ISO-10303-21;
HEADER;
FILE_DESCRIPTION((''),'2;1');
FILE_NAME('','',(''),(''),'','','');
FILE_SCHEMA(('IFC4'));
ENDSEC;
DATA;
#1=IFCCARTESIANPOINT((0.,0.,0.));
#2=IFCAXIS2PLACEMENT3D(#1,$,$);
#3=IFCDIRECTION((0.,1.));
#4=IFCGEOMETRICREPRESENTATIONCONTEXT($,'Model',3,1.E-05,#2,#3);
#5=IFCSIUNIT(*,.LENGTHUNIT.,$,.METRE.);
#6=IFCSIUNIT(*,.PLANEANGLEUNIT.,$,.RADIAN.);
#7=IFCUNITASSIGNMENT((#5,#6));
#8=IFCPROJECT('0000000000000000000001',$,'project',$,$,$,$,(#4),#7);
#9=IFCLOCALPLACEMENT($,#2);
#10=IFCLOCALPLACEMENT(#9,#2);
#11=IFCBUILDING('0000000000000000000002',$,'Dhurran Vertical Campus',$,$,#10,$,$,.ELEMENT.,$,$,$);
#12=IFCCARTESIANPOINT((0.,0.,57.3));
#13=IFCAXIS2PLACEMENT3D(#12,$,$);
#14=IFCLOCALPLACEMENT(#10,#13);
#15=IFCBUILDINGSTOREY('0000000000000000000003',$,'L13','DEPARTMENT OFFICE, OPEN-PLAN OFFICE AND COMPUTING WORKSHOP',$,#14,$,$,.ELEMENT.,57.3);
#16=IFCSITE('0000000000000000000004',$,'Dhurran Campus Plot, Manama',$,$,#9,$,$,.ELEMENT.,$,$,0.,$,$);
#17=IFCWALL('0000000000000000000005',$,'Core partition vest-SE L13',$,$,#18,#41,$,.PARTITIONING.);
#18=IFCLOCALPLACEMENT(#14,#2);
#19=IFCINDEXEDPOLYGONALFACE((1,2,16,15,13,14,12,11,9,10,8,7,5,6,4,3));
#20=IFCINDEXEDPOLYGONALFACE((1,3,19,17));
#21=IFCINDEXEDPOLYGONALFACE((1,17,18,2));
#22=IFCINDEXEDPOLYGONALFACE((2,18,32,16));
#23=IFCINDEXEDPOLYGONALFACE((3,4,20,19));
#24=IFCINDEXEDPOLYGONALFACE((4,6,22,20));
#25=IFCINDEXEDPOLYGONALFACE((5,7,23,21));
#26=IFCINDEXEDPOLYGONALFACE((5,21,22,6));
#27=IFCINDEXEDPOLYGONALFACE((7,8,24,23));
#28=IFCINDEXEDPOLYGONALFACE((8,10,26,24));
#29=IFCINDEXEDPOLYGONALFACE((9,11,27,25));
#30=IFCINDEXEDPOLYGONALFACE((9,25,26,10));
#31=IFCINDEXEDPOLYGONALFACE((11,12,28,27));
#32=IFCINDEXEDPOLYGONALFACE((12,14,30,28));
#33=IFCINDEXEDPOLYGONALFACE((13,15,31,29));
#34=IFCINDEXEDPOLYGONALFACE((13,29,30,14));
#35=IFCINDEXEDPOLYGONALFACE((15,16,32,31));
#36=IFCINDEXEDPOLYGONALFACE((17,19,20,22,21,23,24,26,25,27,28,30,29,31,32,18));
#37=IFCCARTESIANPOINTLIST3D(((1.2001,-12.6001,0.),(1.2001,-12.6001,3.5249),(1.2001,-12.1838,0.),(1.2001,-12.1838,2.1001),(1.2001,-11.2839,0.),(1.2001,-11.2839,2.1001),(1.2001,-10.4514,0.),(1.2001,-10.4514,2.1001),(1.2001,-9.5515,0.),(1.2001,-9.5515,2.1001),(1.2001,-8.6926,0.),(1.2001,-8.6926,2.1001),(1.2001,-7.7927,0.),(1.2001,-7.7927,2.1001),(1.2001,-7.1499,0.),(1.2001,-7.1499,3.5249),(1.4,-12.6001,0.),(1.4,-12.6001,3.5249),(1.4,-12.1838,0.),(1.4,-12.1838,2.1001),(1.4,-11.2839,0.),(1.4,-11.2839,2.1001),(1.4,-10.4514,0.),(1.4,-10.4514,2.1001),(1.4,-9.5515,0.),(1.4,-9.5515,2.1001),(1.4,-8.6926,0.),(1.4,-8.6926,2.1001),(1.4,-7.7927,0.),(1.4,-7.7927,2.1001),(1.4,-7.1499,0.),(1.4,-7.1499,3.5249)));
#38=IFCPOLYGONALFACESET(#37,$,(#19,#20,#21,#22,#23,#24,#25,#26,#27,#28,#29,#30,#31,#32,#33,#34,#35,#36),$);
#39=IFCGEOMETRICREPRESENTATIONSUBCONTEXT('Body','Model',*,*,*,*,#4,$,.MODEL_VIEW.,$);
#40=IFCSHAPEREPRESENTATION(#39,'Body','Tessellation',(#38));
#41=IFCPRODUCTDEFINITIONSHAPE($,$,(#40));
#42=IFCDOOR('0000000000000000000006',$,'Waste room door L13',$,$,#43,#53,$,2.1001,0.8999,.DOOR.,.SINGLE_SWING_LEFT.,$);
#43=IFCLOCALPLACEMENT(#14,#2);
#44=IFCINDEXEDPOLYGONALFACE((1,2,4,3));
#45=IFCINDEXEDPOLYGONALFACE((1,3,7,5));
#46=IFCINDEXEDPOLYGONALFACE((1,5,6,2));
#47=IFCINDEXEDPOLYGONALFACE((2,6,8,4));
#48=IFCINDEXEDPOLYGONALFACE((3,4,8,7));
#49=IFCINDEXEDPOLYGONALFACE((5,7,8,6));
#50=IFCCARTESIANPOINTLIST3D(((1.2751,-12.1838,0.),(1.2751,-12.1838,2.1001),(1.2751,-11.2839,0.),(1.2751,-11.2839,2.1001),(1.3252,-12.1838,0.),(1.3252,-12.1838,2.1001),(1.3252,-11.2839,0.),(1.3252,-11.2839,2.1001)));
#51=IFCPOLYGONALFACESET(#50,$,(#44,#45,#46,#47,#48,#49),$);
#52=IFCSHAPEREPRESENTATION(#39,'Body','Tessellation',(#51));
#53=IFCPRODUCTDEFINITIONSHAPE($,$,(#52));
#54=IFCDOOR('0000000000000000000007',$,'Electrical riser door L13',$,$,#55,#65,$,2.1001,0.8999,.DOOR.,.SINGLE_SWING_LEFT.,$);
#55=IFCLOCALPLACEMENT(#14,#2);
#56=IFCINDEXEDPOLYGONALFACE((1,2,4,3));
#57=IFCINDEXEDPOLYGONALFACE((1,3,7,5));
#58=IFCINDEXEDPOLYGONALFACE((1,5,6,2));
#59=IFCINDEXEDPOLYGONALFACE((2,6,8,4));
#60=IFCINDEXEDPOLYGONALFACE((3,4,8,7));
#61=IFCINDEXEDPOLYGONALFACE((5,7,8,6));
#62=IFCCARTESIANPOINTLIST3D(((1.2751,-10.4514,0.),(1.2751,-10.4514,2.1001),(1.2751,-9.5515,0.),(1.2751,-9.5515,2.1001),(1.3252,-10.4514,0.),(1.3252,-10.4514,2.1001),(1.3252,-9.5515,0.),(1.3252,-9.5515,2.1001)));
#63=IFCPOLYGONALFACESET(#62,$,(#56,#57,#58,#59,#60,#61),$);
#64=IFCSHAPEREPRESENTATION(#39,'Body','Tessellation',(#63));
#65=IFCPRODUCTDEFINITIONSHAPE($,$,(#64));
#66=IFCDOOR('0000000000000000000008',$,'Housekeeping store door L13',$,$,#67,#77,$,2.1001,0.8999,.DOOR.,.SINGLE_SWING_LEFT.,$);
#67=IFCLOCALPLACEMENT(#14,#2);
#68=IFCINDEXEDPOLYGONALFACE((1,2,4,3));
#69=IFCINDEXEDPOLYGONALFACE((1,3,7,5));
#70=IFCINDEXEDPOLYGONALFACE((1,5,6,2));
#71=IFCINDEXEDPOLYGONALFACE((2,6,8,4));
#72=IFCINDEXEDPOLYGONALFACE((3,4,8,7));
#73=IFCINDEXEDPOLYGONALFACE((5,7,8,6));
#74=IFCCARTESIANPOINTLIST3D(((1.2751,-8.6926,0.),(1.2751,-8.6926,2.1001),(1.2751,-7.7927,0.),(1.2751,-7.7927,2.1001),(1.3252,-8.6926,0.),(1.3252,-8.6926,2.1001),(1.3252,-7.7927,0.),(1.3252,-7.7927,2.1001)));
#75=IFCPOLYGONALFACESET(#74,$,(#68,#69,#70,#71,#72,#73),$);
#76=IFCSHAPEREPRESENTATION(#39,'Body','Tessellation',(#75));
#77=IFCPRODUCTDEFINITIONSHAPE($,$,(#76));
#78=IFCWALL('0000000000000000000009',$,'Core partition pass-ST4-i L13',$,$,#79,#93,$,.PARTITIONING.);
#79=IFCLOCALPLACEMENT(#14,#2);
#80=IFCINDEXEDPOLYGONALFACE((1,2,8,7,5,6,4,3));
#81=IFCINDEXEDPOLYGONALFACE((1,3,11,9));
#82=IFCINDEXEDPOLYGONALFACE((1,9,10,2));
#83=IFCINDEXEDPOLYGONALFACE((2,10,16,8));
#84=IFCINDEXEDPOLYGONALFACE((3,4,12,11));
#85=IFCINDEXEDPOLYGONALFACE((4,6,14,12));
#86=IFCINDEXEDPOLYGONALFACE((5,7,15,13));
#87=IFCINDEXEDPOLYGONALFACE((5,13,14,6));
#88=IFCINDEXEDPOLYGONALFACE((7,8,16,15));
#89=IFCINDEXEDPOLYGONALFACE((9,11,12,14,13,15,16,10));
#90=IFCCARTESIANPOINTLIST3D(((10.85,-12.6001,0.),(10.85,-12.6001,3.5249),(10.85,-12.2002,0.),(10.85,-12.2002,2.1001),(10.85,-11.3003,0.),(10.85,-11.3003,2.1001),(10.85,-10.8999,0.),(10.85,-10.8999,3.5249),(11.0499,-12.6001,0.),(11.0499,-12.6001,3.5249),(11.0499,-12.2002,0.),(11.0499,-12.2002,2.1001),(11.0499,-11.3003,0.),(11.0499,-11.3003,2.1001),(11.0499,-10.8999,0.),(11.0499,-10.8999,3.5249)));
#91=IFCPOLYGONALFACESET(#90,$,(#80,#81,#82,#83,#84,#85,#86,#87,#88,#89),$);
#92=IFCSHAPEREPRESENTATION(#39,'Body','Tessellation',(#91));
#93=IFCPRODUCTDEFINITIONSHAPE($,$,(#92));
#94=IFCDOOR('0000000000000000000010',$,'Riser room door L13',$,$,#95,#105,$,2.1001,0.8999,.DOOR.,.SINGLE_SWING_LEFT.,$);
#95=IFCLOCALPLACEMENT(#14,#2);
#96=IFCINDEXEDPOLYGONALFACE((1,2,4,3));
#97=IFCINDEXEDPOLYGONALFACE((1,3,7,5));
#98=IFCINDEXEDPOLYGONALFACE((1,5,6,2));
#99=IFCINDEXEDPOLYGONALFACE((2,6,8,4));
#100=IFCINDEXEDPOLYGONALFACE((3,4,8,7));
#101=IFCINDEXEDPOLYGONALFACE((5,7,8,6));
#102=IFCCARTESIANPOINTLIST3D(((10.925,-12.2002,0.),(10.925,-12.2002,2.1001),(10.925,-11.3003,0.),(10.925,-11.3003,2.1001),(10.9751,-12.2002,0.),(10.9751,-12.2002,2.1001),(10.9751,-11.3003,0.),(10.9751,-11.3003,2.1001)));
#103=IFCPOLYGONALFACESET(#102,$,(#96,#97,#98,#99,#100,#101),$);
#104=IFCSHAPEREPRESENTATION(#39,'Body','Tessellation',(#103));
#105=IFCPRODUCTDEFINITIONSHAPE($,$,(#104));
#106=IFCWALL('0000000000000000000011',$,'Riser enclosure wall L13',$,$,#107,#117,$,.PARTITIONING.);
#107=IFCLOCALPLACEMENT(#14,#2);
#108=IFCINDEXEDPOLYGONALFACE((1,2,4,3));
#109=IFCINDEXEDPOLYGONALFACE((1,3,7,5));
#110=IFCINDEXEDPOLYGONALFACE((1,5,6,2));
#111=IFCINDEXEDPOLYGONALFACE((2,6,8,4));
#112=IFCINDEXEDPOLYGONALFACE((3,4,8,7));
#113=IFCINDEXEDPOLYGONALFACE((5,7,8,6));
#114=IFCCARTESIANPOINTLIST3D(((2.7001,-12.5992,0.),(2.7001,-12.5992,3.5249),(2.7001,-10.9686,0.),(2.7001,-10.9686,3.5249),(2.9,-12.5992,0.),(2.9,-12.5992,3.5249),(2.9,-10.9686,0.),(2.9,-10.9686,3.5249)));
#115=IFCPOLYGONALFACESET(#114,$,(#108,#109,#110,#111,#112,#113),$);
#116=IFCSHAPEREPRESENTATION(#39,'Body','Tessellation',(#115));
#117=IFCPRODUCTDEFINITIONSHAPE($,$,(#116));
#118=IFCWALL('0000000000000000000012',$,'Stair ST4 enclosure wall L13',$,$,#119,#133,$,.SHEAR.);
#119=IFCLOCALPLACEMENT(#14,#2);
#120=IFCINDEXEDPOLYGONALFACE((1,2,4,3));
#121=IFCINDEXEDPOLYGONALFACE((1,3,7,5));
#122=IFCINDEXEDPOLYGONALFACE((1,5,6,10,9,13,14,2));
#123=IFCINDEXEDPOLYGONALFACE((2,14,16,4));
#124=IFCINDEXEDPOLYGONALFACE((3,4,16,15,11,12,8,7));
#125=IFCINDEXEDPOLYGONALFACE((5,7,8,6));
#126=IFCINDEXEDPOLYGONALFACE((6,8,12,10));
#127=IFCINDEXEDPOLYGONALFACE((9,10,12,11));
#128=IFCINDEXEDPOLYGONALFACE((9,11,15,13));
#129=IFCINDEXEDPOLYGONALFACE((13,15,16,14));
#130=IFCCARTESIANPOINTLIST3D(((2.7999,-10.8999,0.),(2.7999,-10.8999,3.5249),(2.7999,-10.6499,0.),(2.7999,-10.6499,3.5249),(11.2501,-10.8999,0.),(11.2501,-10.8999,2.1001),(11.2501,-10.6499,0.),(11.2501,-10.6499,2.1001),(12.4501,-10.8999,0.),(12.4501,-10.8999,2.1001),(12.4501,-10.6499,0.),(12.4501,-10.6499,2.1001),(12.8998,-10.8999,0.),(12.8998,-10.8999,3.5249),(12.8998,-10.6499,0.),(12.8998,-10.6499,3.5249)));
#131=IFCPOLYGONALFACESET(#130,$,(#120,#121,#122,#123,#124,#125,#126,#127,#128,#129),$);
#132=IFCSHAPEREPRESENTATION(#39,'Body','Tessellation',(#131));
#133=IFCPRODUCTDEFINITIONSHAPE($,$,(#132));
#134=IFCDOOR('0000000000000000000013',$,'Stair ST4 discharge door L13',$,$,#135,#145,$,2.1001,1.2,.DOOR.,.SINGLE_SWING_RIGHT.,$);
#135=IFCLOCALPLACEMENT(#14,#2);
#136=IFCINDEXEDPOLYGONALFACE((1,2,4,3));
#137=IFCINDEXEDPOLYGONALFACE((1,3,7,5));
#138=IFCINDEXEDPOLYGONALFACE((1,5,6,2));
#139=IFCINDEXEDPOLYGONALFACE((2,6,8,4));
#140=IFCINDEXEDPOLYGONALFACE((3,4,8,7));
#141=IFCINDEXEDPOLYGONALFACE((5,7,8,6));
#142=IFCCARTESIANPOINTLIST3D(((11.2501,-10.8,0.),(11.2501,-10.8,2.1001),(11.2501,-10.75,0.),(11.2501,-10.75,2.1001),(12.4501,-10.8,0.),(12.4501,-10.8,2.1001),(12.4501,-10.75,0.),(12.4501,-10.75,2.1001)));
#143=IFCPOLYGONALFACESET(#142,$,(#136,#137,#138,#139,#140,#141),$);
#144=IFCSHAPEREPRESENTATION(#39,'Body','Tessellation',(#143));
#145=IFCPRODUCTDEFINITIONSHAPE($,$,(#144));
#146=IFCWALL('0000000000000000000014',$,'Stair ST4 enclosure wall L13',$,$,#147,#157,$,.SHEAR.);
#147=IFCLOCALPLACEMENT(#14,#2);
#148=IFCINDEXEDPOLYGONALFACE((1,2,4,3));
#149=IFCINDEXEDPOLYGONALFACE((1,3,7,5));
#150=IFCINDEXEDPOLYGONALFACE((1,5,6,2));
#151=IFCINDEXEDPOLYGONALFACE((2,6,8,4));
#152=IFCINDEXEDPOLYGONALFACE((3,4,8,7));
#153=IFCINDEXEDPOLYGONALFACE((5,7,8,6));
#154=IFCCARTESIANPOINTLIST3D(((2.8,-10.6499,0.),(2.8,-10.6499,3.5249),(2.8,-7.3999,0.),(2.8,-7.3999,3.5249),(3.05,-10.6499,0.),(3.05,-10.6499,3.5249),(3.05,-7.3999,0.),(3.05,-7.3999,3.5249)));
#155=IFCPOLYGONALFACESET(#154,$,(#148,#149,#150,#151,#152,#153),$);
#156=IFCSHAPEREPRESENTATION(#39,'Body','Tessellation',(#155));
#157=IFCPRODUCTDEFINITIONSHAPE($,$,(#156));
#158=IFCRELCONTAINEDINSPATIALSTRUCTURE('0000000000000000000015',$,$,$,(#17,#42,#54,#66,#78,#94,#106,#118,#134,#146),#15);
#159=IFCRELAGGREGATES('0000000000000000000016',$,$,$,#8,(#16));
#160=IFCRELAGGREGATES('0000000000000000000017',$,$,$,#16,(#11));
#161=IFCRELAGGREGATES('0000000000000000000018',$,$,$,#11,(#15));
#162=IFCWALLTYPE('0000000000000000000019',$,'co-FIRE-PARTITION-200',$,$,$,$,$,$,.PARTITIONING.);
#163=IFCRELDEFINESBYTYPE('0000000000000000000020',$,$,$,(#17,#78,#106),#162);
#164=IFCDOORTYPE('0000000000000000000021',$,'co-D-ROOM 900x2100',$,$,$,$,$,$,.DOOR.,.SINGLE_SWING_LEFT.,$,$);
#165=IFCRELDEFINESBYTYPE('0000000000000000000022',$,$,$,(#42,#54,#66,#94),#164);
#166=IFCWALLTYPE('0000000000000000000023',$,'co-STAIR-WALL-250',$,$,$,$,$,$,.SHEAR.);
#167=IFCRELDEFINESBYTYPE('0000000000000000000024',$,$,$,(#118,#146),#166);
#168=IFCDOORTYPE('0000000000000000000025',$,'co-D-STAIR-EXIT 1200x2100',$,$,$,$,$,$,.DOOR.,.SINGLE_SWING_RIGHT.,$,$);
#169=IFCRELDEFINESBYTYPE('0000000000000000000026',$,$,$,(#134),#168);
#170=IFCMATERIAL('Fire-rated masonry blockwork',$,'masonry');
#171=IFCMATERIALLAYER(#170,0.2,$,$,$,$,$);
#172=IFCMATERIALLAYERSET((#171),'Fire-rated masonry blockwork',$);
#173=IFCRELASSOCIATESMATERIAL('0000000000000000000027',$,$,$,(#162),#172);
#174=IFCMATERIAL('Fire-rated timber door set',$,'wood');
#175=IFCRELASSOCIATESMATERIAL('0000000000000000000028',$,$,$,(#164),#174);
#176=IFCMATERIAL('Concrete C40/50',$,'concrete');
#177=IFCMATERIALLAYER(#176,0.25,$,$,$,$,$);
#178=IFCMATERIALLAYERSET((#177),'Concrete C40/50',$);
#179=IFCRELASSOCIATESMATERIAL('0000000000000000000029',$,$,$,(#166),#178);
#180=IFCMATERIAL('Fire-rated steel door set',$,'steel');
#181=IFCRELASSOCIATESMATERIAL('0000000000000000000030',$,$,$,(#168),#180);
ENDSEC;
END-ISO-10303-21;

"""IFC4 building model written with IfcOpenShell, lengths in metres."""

from ifc_helpers import new_model, si_unit, direction, frame, frame_2d, origin, place, context, subcontext, project, spatial, rectangle, extrude, material, layer, layer_set, type_object, element, fill, save


model = new_model("IFC4")

# Units and contexts
model_context = context("Model", 3, precision=1e-05, world=origin(), true_north=direction((0.0, 1.0)))
body_context = subcontext(model_context, "Body", "Model", "MODEL_VIEW")
ifc_project = project(units=[si_unit("LENGTHUNIT", "METRE"), si_unit("PLANEANGLEUNIT", "RADIAN")], contexts=[model_context])

# Site, building, storey
site_placement = place(None, origin())
site = spatial("IfcSite", under=ifc_project, at=site_placement, Name="Dhurran Campus Plot, Manama", CompositionType="ELEMENT", RefElevation=0.0)
building_placement = place(site_placement, origin())
building = spatial("IfcBuilding", under=site, at=building_placement, Name="Dhurran Vertical Campus", CompositionType="ELEMENT")
storey_placement = place(building_placement, frame((0.0, 0.0, 57.3)))
storey = spatial("IfcBuildingStorey", under=building, at=storey_placement, Name="L13", Description="DEPARTMENT OFFICE, OPEN-PLAN OFFICE AND COMPUTING WORKSHOP", CompositionType="ELEMENT", Elevation=57.3)

# Shared definitions
ifc_material_1 = material(Name="Fire-rated masonry blockwork", Category="masonry")
ifc_layer_1 = layer(ifc_material_1, 0.2)
ifc_layer_set_1 = layer_set([ifc_layer_1], Name="Fire-rated masonry blockwork")
wall_type_1 = type_object("IfcWallType", Name="co-FIRE-PARTITION-200", PredefinedType="PARTITIONING", material=ifc_layer_set_1)

# Wall, openings, doors
wall_1_placement = place(storey_placement, frame((1.3, -12.6001, 0.0), z_axis=(0.0, 0.0, 1.0), x_axis=(0.0, 1.0, 0.0)))
wall_1 = element("IfcWall", 1, at=wall_1_placement, inside=storey, type_object=wall_type_1, Name="Core partition vest-SE L13", PredefinedType="PARTITIONING", context=body_context, shape_type="SweptSolid", body=[
    extrude(rectangle(XDim=5.4502, YDim=0.2, at=frame_2d((2.7251, 0.0))), origin(), (0.0, 0.0, 1.0), 3.5249),
])
opening_1_placement = place(wall_1_placement, frame((0.4163, 0.0, 0.0)))
opening_1 = element("IfcOpeningElement", 2, at=opening_1_placement, cuts=wall_1, PredefinedType="OPENING", context=body_context, shape_type="SweptSolid", body=[
    extrude(rectangle(XDim=0.8999, YDim=2.1001, at=frame_2d((0.45, 1.05))), frame((0.0, 0.1099, 0.0), z_axis=(0.0, -1.0, 0.0), x_axis=(1.0, 0.0, 0.0)), (0.0, 0.0, 1.0), 0.22),
])
opening_2_placement = place(wall_1_placement, frame((2.1487, 0.0, 0.0)))
opening_2 = element("IfcOpeningElement", 3, at=opening_2_placement, cuts=wall_1, PredefinedType="OPENING", context=body_context, shape_type="SweptSolid", body=[
    extrude(rectangle(XDim=0.8999, YDim=2.1001, at=frame_2d((0.45, 1.05))), frame((0.0, 0.1099, 0.0), z_axis=(0.0, -1.0, 0.0), x_axis=(1.0, 0.0, 0.0)), (0.0, 0.0, 1.0), 0.22),
])
opening_3_placement = place(wall_1_placement, frame((3.9075, 0.0, 0.0)))
opening_3 = element("IfcOpeningElement", 4, at=opening_3_placement, cuts=wall_1, PredefinedType="OPENING", context=body_context, shape_type="SweptSolid", body=[
    extrude(rectangle(XDim=0.8999, YDim=2.1001, at=frame_2d((0.45, 1.05))), frame((0.0, 0.1099, 0.0), z_axis=(0.0, -1.0, 0.0), x_axis=(1.0, 0.0, 0.0)), (0.0, 0.0, 1.0), 0.22),
])
ifc_material_2 = material(Name="Fire-rated timber door set", Category="wood")
door_type_1 = type_object("IfcDoorType", Name="co-D-ROOM 900x2100", OperationType="SINGLE_SWING_LEFT", PredefinedType="DOOR", material=ifc_material_2)
door_1_placement = place(opening_1_placement, origin())
door_1 = element("IfcDoor", 5, at=door_1_placement, inside=storey, type_object=door_type_1, Name="Waste room door L13", OperationType="SINGLE_SWING_LEFT", OverallHeight=2.1001, OverallWidth=0.8999, PredefinedType="DOOR", context=body_context, shape_type="SweptSolid", body=[
    extrude(rectangle(XDim=0.8999, YDim=2.1001, at=frame_2d((0.45, 1.05))), frame((0.0, 0.0249, 0.0), z_axis=(0.0, -1.0, 0.0), x_axis=(1.0, 0.0, 0.0)), (0.0, 0.0, 1.0), 0.05),
])
fill(opening_1, door_1)
door_2_placement = place(opening_2_placement, origin())
door_2 = element("IfcDoor", 6, at=door_2_placement, inside=storey, type_object=door_type_1, Name="Electrical riser door L13", OperationType="SINGLE_SWING_LEFT", OverallHeight=2.1001, OverallWidth=0.8999, PredefinedType="DOOR", context=body_context, shape_type="SweptSolid", body=[
    extrude(rectangle(XDim=0.8999, YDim=2.1001, at=frame_2d((0.45, 1.05))), frame((0.0, 0.0249, 0.0), z_axis=(0.0, -1.0, 0.0), x_axis=(1.0, 0.0, 0.0)), (0.0, 0.0, 1.0), 0.05),
])
fill(opening_2, door_2)
door_3_placement = place(opening_3_placement, origin())
door_3 = element("IfcDoor", 7, at=door_3_placement, inside=storey, type_object=door_type_1, Name="Housekeeping store door L13", OperationType="SINGLE_SWING_LEFT", OverallHeight=2.1001, OverallWidth=0.8999, PredefinedType="DOOR", context=body_context, shape_type="SweptSolid", body=[
    extrude(rectangle(XDim=0.8999, YDim=2.1001, at=frame_2d((0.45, 1.05))), frame((0.0, 0.0249, 0.0), z_axis=(0.0, -1.0, 0.0), x_axis=(1.0, 0.0, 0.0)), (0.0, 0.0, 1.0), 0.05),
])
fill(opening_3, door_3)

# Wall, opening, door
wall_2_placement = place(storey_placement, frame((10.95, -12.6001, 0.0), z_axis=(0.0, 0.0, 1.0), x_axis=(0.0, 1.0, 0.0)))
wall_2 = element("IfcWall", 8, at=wall_2_placement, inside=storey, type_object=wall_type_1, Name="Core partition pass-ST4-i L13", PredefinedType="PARTITIONING", context=body_context, shape_type="SweptSolid", body=[
    extrude(rectangle(XDim=1.7002, YDim=0.2, at=frame_2d((0.8501, 0.0))), origin(), (0.0, 0.0, 1.0), 3.5249),
])
opening_4_placement = place(wall_2_placement, frame((0.3999, 0.0, 0.0)))
opening_4 = element("IfcOpeningElement", 9, at=opening_4_placement, cuts=wall_2, PredefinedType="OPENING", context=body_context, shape_type="SweptSolid", body=[
    extrude(rectangle(XDim=0.8999, YDim=2.1001, at=frame_2d((0.45, 1.05))), frame((0.0, 0.1099, 0.0), z_axis=(0.0, -1.0, 0.0), x_axis=(1.0, 0.0, 0.0)), (0.0, 0.0, 1.0), 0.22),
])
door_4_placement = place(opening_4_placement, origin())
door_4 = element("IfcDoor", 10, at=door_4_placement, inside=storey, type_object=door_type_1, Name="Riser room door L13", OperationType="SINGLE_SWING_LEFT", OverallHeight=2.1001, OverallWidth=0.8999, PredefinedType="DOOR", context=body_context, shape_type="SweptSolid", body=[
    extrude(rectangle(XDim=0.8999, YDim=2.1001, at=frame_2d((0.45, 1.05))), frame((0.0, 0.0249, 0.0), z_axis=(0.0, -1.0, 0.0), x_axis=(1.0, 0.0, 0.0)), (0.0, 0.0, 1.0), 0.05),
])
fill(opening_4, door_4)

# Wall
wall_3_placement = place(storey_placement, frame((2.8, -10.9685, 0.0), z_axis=(0.0, 0.0, 1.0), x_axis=(0.0, -1.0, 0.0)))
element("IfcWall", 11, at=wall_3_placement, inside=storey, type_object=wall_type_1, Name="Riser enclosure wall L13", PredefinedType="PARTITIONING", context=body_context, shape_type="SweptSolid", body=[
    extrude(rectangle(XDim=1.6306, YDim=0.2, at=frame_2d((0.8154, 0.0))), origin(), (0.0, 0.0, 1.0), 3.5249),
])

# Wall, opening, door
ifc_material_3 = material(Name="Concrete C40/50", Category="concrete")
ifc_layer_2 = layer(ifc_material_3, 0.25)
ifc_layer_set_2 = layer_set([ifc_layer_2], Name="Concrete C40/50")
wall_type_2 = type_object("IfcWallType", Name="co-STAIR-WALL-250", PredefinedType="SHEAR", material=ifc_layer_set_2)
wall_4_placement = place(storey_placement, frame((2.8, -10.7749, 0.0), z_axis=(0.0, 0.0, 1.0), x_axis=(1.0, 0.0, 0.0)))
wall_4 = element("IfcWall", 12, at=wall_4_placement, inside=storey, type_object=wall_type_2, Name="Stair ST4 enclosure wall L13", PredefinedType="SHEAR", context=body_context, shape_type="SweptSolid", body=[
    extrude(rectangle(XDim=10.0999, YDim=0.25, at=frame_2d((5.0498, 0.0))), origin(), (0.0, 0.0, 1.0), 3.5249),
])
opening_5_placement = place(wall_4_placement, frame((8.45, 0.0, 0.0)))
opening_5 = element("IfcOpeningElement", 13, at=opening_5_placement, cuts=wall_4, PredefinedType="OPENING", context=body_context, shape_type="SweptSolid", body=[
    extrude(rectangle(XDim=1.2, YDim=2.1001, at=frame_2d((0.6001, 1.05))), frame((0.0, 0.135, 0.0), z_axis=(0.0, -1.0, 0.0), x_axis=(1.0, 0.0, 0.0)), (0.0, 0.0, 1.0), 0.27),
])
ifc_material_4 = material(Name="Fire-rated steel door set", Category="steel")
door_type_2 = type_object("IfcDoorType", Name="co-D-STAIR-EXIT 1200x2100", OperationType="SINGLE_SWING_RIGHT", PredefinedType="DOOR", material=ifc_material_4)
door_5_placement = place(opening_5_placement, origin())
door_5 = element("IfcDoor", 14, at=door_5_placement, inside=storey, type_object=door_type_2, Name="Stair ST4 discharge door L13", OperationType="SINGLE_SWING_RIGHT", OverallHeight=2.1001, OverallWidth=1.2, PredefinedType="DOOR", context=body_context, shape_type="SweptSolid", body=[
    extrude(rectangle(XDim=1.2, YDim=2.1001, at=frame_2d((0.6001, 1.05))), frame((0.0, 0.0249, 0.0), z_axis=(0.0, -1.0, 0.0), x_axis=(1.0, 0.0, 0.0)), (0.0, 0.0, 1.0), 0.05),
])
fill(opening_5, door_5)

# Wall
wall_5_placement = place(storey_placement, frame((2.925, -10.6499, 0.0), z_axis=(0.0, 0.0, 1.0), x_axis=(0.0, 1.0, 0.0)))
element("IfcWall", 15, at=wall_5_placement, inside=storey, type_object=wall_type_2, Name="Stair ST4 enclosure wall L13", PredefinedType="SHEAR", context=body_context, shape_type="SweptSolid", body=[
    extrude(rectangle(XDim=3.25, YDim=0.25, at=frame_2d((1.625, 0.0))), origin(), (0.0, 0.0, 1.0), 3.5249),
])

save(model, "model.ifc")
